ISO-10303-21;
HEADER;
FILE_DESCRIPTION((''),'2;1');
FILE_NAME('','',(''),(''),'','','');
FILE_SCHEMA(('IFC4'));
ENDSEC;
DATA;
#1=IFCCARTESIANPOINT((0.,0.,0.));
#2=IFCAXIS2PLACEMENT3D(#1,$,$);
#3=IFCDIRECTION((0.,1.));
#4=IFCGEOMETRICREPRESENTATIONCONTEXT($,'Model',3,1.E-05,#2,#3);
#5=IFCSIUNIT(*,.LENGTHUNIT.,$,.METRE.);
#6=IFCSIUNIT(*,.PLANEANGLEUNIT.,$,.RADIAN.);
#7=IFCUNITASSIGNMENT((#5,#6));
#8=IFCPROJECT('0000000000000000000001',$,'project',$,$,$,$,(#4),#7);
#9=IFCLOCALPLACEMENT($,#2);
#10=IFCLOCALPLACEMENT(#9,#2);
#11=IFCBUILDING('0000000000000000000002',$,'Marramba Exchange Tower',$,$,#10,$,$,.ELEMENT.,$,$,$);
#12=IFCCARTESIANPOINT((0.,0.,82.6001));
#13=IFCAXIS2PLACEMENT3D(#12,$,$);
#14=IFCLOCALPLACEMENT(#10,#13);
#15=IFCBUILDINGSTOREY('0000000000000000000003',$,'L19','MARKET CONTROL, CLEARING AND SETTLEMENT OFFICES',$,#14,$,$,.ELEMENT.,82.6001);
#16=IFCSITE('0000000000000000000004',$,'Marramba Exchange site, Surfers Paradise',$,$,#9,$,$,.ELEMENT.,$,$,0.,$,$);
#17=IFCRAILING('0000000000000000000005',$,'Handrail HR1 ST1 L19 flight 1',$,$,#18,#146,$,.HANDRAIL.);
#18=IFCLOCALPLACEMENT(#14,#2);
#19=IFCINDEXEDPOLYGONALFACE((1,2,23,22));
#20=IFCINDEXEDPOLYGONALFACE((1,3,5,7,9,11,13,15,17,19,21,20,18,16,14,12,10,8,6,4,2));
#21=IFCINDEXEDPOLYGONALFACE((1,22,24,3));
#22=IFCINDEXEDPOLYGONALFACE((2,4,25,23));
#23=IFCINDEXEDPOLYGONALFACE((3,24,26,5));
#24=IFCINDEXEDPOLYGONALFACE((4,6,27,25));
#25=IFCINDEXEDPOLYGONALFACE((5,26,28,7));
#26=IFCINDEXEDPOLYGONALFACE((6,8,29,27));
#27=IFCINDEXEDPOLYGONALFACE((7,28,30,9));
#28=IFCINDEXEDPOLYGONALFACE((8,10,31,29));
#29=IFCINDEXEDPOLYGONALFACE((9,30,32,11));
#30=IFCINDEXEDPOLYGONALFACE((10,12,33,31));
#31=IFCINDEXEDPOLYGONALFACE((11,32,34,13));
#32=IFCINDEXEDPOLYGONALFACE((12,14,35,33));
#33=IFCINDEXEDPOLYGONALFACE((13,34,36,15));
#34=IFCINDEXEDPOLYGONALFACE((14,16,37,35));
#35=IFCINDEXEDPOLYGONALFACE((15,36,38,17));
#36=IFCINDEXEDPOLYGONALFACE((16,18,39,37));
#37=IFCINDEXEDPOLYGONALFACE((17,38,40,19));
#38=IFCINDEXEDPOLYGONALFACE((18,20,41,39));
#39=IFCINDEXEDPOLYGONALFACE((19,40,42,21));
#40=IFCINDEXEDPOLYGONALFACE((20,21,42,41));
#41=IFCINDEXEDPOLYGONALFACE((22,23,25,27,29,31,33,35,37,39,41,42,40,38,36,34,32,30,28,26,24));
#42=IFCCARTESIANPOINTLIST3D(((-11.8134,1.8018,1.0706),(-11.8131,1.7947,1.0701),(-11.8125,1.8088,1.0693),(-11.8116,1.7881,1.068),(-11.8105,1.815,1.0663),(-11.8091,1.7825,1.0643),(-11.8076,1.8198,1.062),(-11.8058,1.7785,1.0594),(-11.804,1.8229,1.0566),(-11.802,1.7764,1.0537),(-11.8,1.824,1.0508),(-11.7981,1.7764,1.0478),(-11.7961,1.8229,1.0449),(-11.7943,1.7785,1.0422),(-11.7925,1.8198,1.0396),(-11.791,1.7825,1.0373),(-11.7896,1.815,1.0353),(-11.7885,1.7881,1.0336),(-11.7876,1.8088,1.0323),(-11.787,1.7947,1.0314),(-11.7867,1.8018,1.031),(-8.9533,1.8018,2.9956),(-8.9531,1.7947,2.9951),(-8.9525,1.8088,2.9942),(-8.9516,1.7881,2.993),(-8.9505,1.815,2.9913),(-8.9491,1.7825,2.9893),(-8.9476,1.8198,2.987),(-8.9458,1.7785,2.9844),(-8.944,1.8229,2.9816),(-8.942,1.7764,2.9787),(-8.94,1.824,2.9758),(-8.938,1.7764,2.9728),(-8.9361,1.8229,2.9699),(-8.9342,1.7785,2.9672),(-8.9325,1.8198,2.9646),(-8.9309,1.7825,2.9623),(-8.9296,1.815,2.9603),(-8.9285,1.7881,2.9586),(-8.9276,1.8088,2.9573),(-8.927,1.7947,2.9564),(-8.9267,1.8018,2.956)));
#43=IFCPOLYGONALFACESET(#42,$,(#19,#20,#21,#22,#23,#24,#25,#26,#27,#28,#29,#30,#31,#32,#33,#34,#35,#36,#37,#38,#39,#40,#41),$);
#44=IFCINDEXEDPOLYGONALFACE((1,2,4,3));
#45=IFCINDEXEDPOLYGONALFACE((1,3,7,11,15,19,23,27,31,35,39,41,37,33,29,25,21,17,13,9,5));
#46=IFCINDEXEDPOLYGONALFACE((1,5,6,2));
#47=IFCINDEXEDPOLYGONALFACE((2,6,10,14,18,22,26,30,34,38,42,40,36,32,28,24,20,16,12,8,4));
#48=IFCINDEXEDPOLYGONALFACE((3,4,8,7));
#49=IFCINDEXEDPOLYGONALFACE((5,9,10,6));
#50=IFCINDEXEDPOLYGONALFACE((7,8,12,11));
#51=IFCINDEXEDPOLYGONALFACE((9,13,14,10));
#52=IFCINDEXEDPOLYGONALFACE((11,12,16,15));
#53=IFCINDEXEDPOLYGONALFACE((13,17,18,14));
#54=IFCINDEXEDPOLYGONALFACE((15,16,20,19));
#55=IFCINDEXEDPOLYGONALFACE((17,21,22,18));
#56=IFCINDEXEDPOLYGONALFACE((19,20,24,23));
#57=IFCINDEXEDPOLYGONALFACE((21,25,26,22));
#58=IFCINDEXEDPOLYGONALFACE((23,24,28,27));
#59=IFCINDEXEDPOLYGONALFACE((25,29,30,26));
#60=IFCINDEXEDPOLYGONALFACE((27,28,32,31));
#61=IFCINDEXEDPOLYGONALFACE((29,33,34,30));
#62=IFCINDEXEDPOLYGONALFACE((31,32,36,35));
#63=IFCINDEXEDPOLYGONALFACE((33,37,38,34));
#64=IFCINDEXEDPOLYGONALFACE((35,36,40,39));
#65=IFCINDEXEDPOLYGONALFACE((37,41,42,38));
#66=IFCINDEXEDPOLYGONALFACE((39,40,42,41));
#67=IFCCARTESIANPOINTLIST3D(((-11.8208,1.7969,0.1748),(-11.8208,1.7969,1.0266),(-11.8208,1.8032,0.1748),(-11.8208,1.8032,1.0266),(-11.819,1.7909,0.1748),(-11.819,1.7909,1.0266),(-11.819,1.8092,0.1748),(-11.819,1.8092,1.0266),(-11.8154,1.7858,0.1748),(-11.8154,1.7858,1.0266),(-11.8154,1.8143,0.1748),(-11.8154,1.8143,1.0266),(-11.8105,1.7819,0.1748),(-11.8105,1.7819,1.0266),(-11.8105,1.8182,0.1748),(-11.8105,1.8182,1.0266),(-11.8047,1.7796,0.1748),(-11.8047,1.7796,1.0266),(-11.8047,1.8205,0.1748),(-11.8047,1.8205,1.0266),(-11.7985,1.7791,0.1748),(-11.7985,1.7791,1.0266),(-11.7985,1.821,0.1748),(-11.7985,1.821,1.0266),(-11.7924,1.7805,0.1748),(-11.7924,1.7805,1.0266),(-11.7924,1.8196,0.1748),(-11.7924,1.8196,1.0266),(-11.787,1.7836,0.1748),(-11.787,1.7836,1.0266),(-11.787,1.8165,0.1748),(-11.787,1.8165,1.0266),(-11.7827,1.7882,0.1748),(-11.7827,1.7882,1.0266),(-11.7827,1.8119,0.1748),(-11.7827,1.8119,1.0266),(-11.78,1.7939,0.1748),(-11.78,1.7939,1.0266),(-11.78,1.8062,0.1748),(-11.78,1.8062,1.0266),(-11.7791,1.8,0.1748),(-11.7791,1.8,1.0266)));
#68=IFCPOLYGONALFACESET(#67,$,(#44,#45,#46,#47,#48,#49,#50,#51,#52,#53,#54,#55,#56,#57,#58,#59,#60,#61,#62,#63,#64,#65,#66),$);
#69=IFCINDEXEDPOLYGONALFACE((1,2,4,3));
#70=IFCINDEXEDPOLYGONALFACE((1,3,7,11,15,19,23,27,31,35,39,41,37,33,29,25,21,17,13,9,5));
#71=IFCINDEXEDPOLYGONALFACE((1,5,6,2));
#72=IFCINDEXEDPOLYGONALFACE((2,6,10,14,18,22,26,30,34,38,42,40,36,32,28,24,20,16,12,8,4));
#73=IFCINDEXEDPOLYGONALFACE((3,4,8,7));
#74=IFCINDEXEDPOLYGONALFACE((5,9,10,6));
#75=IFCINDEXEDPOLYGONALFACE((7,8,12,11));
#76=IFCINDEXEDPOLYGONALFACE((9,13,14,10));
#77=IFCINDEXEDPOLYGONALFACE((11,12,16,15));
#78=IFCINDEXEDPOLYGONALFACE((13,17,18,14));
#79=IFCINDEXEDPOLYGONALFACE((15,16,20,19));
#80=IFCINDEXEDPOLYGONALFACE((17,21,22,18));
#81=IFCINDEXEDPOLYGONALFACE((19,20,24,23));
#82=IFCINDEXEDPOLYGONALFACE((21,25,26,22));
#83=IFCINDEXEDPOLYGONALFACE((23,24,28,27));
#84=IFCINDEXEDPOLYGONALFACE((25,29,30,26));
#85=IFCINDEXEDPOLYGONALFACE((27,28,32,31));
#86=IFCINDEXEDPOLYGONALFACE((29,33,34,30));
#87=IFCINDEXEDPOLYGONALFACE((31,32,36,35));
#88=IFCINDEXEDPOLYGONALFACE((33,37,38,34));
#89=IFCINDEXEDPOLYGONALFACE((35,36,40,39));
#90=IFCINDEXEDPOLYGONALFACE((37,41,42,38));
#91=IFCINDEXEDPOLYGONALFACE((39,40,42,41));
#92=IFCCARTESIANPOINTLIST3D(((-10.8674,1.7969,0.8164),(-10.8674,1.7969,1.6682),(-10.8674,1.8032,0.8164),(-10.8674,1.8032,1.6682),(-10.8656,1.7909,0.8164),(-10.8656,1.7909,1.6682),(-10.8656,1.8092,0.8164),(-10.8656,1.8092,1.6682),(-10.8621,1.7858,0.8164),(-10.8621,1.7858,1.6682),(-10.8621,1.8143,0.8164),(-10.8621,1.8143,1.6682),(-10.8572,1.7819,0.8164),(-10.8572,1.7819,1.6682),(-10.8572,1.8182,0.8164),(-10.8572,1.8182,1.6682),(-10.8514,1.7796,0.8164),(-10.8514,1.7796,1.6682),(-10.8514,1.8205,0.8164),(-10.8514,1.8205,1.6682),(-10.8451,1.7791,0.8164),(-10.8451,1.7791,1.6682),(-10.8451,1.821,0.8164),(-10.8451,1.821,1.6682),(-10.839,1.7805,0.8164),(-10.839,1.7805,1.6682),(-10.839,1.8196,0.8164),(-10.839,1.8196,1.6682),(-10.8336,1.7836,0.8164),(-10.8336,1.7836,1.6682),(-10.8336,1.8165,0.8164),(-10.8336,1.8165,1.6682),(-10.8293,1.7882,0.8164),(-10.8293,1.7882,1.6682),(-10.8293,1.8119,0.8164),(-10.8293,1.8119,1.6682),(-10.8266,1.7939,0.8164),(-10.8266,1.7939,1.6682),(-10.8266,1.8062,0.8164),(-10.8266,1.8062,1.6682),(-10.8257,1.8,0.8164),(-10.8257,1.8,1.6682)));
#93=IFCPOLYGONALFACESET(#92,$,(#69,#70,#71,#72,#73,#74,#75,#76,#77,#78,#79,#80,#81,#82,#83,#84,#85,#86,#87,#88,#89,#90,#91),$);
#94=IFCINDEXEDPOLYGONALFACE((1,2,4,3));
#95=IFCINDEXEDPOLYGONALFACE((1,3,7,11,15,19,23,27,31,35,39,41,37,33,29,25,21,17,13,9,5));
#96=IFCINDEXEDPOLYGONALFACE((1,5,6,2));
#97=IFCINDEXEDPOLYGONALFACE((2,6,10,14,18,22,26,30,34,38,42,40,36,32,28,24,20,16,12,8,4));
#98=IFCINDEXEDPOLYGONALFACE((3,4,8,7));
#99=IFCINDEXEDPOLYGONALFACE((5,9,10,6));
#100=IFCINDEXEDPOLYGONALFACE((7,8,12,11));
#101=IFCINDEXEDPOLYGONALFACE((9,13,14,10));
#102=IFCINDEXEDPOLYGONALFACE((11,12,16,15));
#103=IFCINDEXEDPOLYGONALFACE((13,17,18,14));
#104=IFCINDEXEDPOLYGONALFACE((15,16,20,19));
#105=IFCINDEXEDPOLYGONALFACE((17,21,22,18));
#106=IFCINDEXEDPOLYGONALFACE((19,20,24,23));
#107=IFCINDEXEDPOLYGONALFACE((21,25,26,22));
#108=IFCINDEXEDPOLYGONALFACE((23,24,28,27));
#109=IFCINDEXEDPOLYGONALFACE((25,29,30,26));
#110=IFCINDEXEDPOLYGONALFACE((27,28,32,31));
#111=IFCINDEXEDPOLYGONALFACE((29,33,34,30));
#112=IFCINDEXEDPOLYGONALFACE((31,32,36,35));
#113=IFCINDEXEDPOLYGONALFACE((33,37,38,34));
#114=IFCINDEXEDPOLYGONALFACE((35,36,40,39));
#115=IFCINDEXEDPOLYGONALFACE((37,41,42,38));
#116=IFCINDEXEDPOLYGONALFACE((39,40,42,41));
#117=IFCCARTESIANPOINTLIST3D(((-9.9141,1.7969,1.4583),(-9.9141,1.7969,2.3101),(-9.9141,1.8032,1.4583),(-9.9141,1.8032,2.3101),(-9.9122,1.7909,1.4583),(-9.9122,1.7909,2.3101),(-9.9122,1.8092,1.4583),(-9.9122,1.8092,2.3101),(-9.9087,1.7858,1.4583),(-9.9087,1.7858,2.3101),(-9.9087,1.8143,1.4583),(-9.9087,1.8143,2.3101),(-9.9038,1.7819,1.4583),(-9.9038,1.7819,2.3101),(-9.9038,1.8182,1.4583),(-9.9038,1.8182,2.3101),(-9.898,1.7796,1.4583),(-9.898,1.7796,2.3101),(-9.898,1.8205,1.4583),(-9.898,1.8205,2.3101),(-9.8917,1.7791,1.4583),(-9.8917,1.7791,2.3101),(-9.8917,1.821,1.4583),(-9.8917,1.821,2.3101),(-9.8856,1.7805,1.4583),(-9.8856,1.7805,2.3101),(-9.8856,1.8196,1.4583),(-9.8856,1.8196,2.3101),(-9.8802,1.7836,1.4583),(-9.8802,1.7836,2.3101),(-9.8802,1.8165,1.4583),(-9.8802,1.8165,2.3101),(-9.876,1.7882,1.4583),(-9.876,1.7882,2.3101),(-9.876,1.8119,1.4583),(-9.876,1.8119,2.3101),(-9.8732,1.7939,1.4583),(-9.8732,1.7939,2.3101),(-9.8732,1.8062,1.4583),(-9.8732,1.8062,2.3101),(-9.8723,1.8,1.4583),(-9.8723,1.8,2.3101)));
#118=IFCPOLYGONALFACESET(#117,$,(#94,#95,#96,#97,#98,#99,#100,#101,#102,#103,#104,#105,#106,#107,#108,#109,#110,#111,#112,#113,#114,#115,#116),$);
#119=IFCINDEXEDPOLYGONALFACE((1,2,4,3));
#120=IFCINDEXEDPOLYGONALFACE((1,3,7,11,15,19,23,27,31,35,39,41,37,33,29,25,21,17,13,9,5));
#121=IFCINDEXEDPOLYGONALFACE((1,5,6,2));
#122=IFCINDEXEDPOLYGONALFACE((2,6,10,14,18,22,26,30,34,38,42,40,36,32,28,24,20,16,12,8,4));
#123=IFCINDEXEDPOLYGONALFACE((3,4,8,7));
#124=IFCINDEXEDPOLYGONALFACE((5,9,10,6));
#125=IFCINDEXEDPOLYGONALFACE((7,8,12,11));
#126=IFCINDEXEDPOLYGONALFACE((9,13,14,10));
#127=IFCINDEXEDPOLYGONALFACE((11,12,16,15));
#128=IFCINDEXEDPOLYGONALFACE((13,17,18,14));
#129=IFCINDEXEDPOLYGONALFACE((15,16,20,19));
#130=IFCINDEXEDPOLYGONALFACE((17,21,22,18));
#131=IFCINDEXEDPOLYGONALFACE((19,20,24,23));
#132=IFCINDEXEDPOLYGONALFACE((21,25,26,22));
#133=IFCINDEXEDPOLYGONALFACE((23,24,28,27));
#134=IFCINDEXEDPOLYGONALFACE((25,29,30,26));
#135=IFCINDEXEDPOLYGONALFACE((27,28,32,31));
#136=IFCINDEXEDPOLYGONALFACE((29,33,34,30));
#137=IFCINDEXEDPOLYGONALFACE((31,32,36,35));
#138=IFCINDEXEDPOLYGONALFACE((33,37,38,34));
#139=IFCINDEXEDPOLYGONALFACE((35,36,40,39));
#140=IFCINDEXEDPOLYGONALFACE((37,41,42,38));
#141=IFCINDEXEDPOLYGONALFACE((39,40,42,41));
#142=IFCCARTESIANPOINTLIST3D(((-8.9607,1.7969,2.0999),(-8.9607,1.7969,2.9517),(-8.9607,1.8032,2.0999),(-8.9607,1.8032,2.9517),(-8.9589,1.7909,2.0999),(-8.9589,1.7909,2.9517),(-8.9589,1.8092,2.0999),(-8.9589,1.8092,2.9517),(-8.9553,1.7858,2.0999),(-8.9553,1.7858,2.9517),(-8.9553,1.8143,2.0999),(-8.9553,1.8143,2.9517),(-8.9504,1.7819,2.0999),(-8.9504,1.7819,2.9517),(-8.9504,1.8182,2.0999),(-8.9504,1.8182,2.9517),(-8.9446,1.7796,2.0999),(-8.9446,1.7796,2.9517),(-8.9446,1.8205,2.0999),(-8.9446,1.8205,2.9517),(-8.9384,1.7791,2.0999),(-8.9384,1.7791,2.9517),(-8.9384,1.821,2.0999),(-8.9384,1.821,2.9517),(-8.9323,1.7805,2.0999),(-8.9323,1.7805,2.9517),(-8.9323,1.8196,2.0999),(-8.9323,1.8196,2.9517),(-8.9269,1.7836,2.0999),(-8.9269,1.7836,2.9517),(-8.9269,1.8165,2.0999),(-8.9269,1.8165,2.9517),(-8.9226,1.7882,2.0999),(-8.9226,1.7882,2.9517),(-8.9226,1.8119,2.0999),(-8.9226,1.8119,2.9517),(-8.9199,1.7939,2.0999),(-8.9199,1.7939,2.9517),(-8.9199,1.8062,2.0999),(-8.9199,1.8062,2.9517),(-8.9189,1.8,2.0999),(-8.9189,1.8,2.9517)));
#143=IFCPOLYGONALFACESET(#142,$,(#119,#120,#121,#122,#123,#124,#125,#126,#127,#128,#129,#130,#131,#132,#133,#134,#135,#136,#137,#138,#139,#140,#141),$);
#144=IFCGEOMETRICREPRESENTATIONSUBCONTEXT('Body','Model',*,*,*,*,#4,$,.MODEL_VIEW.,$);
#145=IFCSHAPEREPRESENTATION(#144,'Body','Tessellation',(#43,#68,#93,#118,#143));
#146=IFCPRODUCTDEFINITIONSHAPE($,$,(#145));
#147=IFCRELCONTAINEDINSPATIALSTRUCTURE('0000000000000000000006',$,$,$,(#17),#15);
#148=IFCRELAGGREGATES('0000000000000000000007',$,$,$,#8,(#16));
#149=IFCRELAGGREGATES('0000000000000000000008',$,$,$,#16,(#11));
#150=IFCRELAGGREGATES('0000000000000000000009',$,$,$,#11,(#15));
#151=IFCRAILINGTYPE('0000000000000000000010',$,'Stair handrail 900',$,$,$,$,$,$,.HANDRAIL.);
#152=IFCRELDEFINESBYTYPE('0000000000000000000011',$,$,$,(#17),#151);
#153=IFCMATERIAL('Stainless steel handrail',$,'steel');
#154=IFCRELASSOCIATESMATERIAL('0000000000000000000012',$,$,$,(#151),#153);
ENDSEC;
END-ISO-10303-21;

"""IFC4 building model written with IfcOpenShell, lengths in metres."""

from ifc_helpers import new_model, si_unit, direction, frame, origin, origin_2d, place, context, subcontext, project, spatial, circle, extrude, material, type_object, element, save


model = new_model("IFC4")

# Units and contexts
model_context = context("Model", 3, precision=1e-05, world=origin(), true_north=direction((0.0, 1.0)))
body_context = subcontext(model_context, "Body", "Model", "MODEL_VIEW")
ifc_project = project(units=[si_unit("LENGTHUNIT", "METRE"), si_unit("PLANEANGLEUNIT", "RADIAN")], contexts=[model_context])

# Site, building, storey
site_placement = place(None, origin())
site = spatial("IfcSite", under=ifc_project, at=site_placement, Name="Marramba Exchange site, Surfers Paradise", CompositionType="ELEMENT", RefElevation=0.0)
building_placement = place(site_placement, origin())
building = spatial("IfcBuilding", under=site, at=building_placement, Name="Marramba Exchange Tower", CompositionType="ELEMENT")
storey_placement = place(building_placement, frame((0.0, 0.0, 82.6001)))
storey = spatial("IfcBuildingStorey", under=building, at=storey_placement, Name="L19", Description="MARKET CONTROL, CLEARING AND SETTLEMENT OFFICES", CompositionType="ELEMENT", Elevation=82.6001)

# Railing
ifc_material_1 = material(Name="Stainless steel handrail", Category="steel")
railing_type = type_object("IfcRailingType", Name="Stair handrail 900", PredefinedType="HANDRAIL", material=ifc_material_1)
railing_placement = place(storey_placement, frame((-11.8, 1.8, 0.1748)))
element("IfcRailing", 1, at=railing_placement, inside=storey, type_object=railing_type, Name="Handrail HR1 ST1 L19 flight 1", PredefinedType="HANDRAIL", context=body_context, shape_type="SweptSolid", body=[
    extrude(circle(Radius=0.0239, at=origin_2d()), frame((0.0, 0.0, 0.876), z_axis=(0.829591, 0.0, 0.558372), x_axis=(0.0, 1.0, 0.0)), (0.0, 0.0, 1.0), 3.4475),
    extrude(circle(Radius=0.021, at=origin_2d()), origin(), (0.0, 0.0, 1.0), 0.8518),
    extrude(circle(Radius=0.021, at=origin_2d()), frame((0.9534, 0.0, 0.6416)), (0.0, 0.0, 1.0), 0.8518),
    extrude(circle(Radius=0.021, at=origin_2d()), frame((1.9067, 0.0, 1.2834)), (0.0, 0.0, 1.0), 0.8518),
    extrude(circle(Radius=0.021, at=origin_2d()), frame((2.8601, 0.0, 1.925)), (0.0, 0.0, 1.0), 0.8518),
])

save(model, "model.ifc")
